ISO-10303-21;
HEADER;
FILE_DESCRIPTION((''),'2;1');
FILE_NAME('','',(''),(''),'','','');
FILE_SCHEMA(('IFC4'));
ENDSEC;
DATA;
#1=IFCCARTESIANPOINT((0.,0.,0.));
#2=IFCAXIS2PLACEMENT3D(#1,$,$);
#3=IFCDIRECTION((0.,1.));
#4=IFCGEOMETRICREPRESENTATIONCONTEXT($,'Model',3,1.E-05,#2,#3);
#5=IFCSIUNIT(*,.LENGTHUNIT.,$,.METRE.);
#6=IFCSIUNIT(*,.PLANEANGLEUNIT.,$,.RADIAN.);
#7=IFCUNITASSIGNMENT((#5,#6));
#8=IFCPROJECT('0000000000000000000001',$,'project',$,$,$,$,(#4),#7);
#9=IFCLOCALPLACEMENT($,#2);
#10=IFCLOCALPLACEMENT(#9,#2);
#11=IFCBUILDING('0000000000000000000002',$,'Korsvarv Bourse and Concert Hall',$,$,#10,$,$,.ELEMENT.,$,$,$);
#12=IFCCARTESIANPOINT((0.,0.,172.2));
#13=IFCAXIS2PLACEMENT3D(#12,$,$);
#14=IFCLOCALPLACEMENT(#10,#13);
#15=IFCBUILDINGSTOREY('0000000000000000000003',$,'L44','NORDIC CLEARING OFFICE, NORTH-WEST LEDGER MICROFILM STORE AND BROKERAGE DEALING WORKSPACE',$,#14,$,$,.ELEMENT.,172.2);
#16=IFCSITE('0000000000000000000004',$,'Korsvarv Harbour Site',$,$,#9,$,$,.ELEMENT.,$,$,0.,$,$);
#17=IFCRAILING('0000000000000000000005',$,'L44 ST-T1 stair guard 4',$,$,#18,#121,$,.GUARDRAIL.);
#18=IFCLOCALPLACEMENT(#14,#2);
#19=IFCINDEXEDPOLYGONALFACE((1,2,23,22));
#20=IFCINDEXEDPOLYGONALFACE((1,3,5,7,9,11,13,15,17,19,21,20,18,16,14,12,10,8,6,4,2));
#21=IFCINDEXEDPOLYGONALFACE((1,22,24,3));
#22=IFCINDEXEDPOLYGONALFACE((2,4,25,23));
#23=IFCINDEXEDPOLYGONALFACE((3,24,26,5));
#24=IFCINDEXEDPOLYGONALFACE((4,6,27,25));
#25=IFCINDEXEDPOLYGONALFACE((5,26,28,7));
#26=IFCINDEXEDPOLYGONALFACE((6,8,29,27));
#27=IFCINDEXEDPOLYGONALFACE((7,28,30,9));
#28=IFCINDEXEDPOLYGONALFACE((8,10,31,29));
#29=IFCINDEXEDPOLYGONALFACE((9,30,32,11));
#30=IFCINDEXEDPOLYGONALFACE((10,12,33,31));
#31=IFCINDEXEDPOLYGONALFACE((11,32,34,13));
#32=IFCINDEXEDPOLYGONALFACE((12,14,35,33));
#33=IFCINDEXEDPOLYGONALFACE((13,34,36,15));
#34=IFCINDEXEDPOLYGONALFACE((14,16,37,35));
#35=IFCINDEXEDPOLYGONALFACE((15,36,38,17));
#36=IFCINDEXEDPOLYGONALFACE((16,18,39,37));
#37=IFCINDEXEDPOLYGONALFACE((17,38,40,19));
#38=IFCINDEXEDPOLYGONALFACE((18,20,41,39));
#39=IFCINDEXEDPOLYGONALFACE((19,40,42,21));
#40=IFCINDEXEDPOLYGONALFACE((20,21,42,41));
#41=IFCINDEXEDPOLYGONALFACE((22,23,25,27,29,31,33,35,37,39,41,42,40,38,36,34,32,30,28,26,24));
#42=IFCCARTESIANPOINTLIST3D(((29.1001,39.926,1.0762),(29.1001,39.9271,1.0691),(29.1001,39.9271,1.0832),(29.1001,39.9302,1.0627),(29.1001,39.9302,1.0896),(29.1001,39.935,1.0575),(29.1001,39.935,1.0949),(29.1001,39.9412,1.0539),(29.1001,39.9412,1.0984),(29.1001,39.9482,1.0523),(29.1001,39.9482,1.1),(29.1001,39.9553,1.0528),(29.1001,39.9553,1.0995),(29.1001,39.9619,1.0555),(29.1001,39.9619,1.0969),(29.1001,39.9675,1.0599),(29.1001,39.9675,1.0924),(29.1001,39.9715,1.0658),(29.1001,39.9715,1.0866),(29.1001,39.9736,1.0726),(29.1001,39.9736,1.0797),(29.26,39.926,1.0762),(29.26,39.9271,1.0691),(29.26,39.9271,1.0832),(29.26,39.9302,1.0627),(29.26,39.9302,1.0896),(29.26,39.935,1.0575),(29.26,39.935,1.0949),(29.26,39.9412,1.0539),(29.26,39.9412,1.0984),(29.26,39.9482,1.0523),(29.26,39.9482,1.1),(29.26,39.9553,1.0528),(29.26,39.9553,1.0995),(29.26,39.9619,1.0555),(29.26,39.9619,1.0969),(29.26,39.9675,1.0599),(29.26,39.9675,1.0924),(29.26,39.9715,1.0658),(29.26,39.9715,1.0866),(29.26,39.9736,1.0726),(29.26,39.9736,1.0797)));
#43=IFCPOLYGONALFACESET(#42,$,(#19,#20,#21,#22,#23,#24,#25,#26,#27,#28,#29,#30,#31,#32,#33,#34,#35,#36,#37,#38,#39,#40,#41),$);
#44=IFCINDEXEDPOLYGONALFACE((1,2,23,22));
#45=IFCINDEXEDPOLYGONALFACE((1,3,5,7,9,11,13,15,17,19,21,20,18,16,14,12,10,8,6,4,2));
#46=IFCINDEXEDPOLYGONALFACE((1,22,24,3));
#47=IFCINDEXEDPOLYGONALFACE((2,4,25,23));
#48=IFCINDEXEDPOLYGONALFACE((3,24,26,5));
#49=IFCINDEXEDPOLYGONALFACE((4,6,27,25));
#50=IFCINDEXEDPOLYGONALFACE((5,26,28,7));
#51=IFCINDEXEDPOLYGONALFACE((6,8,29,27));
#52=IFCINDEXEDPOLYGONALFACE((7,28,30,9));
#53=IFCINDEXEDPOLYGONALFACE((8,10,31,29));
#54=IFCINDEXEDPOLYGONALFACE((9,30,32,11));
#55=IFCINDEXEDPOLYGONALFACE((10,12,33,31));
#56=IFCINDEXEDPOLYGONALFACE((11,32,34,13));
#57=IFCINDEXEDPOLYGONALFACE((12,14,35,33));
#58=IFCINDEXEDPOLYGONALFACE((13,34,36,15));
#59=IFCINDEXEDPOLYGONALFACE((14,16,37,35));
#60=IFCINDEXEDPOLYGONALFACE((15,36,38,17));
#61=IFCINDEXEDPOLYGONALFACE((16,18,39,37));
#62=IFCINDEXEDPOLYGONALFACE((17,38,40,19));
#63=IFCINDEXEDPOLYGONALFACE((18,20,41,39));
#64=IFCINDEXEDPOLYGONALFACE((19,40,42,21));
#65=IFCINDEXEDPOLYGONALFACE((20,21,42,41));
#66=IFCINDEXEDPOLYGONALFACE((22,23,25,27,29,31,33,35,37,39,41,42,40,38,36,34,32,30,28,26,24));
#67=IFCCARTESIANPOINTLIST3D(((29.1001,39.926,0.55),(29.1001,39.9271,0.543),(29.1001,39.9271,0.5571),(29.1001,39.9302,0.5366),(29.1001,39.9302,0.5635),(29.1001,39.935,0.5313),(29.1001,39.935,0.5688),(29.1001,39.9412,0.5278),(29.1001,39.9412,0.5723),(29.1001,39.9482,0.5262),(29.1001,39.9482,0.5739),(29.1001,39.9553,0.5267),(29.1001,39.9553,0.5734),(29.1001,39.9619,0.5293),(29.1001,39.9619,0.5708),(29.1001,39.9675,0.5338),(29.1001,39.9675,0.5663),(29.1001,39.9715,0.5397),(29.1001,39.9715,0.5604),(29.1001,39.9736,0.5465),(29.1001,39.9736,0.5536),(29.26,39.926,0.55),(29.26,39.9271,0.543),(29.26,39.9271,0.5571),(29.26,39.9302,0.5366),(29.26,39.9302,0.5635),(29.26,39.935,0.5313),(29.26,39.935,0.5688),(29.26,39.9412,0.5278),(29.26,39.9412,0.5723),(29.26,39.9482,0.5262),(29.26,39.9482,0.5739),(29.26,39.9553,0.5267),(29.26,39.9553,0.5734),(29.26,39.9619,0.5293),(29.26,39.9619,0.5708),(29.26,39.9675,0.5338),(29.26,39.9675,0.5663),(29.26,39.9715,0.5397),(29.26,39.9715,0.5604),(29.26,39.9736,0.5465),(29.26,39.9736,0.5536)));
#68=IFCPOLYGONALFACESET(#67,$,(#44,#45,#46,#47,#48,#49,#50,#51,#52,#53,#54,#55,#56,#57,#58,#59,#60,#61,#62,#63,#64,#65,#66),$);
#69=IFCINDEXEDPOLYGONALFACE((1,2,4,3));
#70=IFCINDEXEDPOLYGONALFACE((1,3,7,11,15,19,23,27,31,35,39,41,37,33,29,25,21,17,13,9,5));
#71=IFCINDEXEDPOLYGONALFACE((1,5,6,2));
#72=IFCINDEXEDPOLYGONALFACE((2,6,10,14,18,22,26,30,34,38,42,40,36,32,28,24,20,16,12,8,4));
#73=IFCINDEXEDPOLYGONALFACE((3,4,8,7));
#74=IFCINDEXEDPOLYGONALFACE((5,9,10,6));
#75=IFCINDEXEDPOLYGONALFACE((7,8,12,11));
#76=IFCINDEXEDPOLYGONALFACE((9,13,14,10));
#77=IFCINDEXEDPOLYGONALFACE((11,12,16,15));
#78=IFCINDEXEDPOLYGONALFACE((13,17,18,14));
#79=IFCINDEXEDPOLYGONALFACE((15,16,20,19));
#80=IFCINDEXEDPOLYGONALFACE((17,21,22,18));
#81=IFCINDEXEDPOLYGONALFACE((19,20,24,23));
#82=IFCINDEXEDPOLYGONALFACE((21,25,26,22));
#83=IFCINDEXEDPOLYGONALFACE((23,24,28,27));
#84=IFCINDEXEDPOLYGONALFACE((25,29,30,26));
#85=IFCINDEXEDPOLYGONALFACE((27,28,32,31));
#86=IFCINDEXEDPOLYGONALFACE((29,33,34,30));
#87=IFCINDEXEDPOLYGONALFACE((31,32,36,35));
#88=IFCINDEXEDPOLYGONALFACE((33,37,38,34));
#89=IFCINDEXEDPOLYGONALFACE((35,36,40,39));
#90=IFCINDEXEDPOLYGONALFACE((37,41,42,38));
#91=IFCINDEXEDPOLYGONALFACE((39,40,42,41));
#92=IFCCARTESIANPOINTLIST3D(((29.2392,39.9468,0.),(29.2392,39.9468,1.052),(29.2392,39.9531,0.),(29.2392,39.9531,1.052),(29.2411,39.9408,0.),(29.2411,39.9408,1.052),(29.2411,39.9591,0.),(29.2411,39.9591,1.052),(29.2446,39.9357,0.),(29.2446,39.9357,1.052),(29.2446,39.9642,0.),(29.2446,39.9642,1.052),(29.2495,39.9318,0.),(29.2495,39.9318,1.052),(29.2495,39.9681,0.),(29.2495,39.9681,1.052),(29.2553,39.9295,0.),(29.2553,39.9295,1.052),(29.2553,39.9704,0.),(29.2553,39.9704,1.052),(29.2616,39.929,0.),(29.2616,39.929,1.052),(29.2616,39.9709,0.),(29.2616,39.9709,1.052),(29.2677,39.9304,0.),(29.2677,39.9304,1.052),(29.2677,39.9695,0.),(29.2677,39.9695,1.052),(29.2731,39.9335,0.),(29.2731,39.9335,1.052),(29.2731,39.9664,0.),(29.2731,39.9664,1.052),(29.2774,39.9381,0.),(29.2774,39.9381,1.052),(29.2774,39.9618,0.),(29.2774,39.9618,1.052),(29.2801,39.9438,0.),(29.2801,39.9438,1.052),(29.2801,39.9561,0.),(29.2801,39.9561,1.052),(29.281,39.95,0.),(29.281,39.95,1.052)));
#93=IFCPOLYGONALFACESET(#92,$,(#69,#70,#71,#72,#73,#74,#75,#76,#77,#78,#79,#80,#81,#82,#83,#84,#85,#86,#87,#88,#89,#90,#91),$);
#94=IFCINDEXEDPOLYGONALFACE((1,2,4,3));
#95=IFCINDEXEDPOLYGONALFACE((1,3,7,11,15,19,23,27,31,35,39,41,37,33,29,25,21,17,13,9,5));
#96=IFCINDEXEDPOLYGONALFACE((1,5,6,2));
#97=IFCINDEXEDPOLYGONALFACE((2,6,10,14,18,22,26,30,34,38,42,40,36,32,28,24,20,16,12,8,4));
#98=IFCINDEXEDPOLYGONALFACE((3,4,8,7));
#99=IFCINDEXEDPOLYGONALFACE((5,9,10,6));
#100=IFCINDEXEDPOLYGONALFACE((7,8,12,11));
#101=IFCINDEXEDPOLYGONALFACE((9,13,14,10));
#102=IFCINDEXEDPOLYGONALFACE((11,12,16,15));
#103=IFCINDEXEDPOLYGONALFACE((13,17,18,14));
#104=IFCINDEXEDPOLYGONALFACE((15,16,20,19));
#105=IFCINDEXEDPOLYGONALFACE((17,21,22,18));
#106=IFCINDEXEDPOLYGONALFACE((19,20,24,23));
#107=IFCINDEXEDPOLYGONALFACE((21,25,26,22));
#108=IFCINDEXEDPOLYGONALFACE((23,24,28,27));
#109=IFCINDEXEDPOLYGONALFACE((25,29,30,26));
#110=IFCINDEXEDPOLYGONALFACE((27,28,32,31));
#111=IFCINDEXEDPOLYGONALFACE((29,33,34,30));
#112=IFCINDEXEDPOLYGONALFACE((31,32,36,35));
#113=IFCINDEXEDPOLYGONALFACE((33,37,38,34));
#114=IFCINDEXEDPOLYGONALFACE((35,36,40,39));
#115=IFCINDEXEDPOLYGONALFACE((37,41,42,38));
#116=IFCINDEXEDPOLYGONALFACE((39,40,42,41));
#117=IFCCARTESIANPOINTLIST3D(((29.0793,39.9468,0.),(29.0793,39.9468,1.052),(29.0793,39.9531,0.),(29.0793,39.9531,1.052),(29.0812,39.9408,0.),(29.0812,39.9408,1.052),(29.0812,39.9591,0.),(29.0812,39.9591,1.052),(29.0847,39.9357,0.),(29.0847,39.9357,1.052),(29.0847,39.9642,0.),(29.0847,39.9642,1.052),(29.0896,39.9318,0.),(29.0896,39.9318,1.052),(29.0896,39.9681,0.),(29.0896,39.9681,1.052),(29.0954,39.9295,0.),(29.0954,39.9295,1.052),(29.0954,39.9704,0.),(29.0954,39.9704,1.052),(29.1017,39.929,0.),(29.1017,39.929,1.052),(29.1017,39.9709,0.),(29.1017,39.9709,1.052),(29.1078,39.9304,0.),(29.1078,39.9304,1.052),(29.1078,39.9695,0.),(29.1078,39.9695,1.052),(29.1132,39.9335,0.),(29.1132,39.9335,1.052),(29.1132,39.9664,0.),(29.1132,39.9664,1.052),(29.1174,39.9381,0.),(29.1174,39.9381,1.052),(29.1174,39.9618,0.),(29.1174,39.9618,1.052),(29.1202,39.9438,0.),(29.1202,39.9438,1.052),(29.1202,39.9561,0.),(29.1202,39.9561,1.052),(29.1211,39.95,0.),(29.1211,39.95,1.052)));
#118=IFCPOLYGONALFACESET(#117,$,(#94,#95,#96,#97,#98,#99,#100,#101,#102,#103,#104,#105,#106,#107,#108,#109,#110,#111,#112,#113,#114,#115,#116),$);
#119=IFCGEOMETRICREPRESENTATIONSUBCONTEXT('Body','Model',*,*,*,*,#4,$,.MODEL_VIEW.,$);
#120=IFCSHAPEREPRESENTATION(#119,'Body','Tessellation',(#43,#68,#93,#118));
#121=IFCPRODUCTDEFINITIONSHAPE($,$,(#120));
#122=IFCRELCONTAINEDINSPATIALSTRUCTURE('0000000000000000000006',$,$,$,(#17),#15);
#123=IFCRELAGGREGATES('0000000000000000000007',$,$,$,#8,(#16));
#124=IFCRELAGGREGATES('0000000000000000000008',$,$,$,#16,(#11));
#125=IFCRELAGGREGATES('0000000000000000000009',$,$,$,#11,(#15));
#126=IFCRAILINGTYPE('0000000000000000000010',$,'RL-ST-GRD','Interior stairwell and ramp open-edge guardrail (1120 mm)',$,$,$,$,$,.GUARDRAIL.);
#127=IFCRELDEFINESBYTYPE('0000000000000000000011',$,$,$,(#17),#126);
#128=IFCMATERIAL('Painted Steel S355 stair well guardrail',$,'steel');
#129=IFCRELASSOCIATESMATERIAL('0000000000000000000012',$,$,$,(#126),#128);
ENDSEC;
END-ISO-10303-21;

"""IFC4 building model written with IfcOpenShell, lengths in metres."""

from ifc_helpers import new_model, si_unit, direction, frame, origin, origin_2d, place, context, subcontext, project, spatial, circle, extrude, material, type_object, element, save


model = new_model("IFC4")

# Units and contexts
model_context = context("Model", 3, precision=1e-05, world=origin(), true_north=direction((0.0, 1.0)))
body_context = subcontext(model_context, "Body", "Model", "MODEL_VIEW")
ifc_project = project(units=[si_unit("LENGTHUNIT", "METRE"), si_unit("PLANEANGLEUNIT", "RADIAN")], contexts=[model_context])

# Site, building, storey
site_placement = place(None, origin())
site = spatial("IfcSite", under=ifc_project, at=site_placement, Name="Korsvarv Harbour Site", CompositionType="ELEMENT", RefElevation=0.0)
building_placement = place(site_placement, origin())
building = spatial("IfcBuilding", under=site, at=building_placement, Name="Korsvarv Bourse and Concert Hall", CompositionType="ELEMENT")
storey_placement = place(building_placement, frame((0.0, 0.0, 172.2)))
storey = spatial("IfcBuildingStorey", under=building, at=storey_placement, Name="L44", Description="NORDIC CLEARING OFFICE, NORTH-WEST LEDGER MICROFILM STORE AND BROKERAGE DEALING WORKSPACE", CompositionType="ELEMENT", Elevation=172.2)

# Railing
ifc_material_1 = material(Name="Painted Steel S355 stair well guardrail", Category="steel")
railing_type_1 = type_object("IfcRailingType", Name="RL-ST-GRD", Description="Interior stairwell and ramp open-edge guardrail (1120 mm)", PredefinedType="GUARDRAIL", material=ifc_material_1)
railing_1_placement = place(storey_placement, frame((29.26, 39.95, 0.0)))
element("IfcRailing", 1, at=railing_1_placement, inside=storey, type_object=railing_type_1, Name="L44 ST-T1 stair guard 4", PredefinedType="GUARDRAIL", context=body_context, shape_type="SweptSolid", body=[
    extrude(circle(Radius=0.0239, at=origin_2d()), frame((0.0, 0.0, 1.0762), z_axis=(-1.0, 0.0, 0.0), x_axis=(0.0, -1.0, 0.0)), (0.0, 0.0, 1.0), 0.1599),
    extrude(circle(Radius=0.0239, at=origin_2d()), frame((0.0, 0.0, 0.55), z_axis=(-1.0, 0.0, 0.0), x_axis=(0.0, -1.0, 0.0)), (0.0, 0.0, 1.0), 0.1599),
    extrude(circle(Radius=0.021, at=origin_2d()), origin(), (0.0, 0.0, 1.0), 1.052),
    extrude(circle(Radius=0.021, at=origin_2d()), frame((-0.1599, 0.0, 0.0)), (0.0, 0.0, 1.0), 1.052),
])

save(model, "model.ifc")
